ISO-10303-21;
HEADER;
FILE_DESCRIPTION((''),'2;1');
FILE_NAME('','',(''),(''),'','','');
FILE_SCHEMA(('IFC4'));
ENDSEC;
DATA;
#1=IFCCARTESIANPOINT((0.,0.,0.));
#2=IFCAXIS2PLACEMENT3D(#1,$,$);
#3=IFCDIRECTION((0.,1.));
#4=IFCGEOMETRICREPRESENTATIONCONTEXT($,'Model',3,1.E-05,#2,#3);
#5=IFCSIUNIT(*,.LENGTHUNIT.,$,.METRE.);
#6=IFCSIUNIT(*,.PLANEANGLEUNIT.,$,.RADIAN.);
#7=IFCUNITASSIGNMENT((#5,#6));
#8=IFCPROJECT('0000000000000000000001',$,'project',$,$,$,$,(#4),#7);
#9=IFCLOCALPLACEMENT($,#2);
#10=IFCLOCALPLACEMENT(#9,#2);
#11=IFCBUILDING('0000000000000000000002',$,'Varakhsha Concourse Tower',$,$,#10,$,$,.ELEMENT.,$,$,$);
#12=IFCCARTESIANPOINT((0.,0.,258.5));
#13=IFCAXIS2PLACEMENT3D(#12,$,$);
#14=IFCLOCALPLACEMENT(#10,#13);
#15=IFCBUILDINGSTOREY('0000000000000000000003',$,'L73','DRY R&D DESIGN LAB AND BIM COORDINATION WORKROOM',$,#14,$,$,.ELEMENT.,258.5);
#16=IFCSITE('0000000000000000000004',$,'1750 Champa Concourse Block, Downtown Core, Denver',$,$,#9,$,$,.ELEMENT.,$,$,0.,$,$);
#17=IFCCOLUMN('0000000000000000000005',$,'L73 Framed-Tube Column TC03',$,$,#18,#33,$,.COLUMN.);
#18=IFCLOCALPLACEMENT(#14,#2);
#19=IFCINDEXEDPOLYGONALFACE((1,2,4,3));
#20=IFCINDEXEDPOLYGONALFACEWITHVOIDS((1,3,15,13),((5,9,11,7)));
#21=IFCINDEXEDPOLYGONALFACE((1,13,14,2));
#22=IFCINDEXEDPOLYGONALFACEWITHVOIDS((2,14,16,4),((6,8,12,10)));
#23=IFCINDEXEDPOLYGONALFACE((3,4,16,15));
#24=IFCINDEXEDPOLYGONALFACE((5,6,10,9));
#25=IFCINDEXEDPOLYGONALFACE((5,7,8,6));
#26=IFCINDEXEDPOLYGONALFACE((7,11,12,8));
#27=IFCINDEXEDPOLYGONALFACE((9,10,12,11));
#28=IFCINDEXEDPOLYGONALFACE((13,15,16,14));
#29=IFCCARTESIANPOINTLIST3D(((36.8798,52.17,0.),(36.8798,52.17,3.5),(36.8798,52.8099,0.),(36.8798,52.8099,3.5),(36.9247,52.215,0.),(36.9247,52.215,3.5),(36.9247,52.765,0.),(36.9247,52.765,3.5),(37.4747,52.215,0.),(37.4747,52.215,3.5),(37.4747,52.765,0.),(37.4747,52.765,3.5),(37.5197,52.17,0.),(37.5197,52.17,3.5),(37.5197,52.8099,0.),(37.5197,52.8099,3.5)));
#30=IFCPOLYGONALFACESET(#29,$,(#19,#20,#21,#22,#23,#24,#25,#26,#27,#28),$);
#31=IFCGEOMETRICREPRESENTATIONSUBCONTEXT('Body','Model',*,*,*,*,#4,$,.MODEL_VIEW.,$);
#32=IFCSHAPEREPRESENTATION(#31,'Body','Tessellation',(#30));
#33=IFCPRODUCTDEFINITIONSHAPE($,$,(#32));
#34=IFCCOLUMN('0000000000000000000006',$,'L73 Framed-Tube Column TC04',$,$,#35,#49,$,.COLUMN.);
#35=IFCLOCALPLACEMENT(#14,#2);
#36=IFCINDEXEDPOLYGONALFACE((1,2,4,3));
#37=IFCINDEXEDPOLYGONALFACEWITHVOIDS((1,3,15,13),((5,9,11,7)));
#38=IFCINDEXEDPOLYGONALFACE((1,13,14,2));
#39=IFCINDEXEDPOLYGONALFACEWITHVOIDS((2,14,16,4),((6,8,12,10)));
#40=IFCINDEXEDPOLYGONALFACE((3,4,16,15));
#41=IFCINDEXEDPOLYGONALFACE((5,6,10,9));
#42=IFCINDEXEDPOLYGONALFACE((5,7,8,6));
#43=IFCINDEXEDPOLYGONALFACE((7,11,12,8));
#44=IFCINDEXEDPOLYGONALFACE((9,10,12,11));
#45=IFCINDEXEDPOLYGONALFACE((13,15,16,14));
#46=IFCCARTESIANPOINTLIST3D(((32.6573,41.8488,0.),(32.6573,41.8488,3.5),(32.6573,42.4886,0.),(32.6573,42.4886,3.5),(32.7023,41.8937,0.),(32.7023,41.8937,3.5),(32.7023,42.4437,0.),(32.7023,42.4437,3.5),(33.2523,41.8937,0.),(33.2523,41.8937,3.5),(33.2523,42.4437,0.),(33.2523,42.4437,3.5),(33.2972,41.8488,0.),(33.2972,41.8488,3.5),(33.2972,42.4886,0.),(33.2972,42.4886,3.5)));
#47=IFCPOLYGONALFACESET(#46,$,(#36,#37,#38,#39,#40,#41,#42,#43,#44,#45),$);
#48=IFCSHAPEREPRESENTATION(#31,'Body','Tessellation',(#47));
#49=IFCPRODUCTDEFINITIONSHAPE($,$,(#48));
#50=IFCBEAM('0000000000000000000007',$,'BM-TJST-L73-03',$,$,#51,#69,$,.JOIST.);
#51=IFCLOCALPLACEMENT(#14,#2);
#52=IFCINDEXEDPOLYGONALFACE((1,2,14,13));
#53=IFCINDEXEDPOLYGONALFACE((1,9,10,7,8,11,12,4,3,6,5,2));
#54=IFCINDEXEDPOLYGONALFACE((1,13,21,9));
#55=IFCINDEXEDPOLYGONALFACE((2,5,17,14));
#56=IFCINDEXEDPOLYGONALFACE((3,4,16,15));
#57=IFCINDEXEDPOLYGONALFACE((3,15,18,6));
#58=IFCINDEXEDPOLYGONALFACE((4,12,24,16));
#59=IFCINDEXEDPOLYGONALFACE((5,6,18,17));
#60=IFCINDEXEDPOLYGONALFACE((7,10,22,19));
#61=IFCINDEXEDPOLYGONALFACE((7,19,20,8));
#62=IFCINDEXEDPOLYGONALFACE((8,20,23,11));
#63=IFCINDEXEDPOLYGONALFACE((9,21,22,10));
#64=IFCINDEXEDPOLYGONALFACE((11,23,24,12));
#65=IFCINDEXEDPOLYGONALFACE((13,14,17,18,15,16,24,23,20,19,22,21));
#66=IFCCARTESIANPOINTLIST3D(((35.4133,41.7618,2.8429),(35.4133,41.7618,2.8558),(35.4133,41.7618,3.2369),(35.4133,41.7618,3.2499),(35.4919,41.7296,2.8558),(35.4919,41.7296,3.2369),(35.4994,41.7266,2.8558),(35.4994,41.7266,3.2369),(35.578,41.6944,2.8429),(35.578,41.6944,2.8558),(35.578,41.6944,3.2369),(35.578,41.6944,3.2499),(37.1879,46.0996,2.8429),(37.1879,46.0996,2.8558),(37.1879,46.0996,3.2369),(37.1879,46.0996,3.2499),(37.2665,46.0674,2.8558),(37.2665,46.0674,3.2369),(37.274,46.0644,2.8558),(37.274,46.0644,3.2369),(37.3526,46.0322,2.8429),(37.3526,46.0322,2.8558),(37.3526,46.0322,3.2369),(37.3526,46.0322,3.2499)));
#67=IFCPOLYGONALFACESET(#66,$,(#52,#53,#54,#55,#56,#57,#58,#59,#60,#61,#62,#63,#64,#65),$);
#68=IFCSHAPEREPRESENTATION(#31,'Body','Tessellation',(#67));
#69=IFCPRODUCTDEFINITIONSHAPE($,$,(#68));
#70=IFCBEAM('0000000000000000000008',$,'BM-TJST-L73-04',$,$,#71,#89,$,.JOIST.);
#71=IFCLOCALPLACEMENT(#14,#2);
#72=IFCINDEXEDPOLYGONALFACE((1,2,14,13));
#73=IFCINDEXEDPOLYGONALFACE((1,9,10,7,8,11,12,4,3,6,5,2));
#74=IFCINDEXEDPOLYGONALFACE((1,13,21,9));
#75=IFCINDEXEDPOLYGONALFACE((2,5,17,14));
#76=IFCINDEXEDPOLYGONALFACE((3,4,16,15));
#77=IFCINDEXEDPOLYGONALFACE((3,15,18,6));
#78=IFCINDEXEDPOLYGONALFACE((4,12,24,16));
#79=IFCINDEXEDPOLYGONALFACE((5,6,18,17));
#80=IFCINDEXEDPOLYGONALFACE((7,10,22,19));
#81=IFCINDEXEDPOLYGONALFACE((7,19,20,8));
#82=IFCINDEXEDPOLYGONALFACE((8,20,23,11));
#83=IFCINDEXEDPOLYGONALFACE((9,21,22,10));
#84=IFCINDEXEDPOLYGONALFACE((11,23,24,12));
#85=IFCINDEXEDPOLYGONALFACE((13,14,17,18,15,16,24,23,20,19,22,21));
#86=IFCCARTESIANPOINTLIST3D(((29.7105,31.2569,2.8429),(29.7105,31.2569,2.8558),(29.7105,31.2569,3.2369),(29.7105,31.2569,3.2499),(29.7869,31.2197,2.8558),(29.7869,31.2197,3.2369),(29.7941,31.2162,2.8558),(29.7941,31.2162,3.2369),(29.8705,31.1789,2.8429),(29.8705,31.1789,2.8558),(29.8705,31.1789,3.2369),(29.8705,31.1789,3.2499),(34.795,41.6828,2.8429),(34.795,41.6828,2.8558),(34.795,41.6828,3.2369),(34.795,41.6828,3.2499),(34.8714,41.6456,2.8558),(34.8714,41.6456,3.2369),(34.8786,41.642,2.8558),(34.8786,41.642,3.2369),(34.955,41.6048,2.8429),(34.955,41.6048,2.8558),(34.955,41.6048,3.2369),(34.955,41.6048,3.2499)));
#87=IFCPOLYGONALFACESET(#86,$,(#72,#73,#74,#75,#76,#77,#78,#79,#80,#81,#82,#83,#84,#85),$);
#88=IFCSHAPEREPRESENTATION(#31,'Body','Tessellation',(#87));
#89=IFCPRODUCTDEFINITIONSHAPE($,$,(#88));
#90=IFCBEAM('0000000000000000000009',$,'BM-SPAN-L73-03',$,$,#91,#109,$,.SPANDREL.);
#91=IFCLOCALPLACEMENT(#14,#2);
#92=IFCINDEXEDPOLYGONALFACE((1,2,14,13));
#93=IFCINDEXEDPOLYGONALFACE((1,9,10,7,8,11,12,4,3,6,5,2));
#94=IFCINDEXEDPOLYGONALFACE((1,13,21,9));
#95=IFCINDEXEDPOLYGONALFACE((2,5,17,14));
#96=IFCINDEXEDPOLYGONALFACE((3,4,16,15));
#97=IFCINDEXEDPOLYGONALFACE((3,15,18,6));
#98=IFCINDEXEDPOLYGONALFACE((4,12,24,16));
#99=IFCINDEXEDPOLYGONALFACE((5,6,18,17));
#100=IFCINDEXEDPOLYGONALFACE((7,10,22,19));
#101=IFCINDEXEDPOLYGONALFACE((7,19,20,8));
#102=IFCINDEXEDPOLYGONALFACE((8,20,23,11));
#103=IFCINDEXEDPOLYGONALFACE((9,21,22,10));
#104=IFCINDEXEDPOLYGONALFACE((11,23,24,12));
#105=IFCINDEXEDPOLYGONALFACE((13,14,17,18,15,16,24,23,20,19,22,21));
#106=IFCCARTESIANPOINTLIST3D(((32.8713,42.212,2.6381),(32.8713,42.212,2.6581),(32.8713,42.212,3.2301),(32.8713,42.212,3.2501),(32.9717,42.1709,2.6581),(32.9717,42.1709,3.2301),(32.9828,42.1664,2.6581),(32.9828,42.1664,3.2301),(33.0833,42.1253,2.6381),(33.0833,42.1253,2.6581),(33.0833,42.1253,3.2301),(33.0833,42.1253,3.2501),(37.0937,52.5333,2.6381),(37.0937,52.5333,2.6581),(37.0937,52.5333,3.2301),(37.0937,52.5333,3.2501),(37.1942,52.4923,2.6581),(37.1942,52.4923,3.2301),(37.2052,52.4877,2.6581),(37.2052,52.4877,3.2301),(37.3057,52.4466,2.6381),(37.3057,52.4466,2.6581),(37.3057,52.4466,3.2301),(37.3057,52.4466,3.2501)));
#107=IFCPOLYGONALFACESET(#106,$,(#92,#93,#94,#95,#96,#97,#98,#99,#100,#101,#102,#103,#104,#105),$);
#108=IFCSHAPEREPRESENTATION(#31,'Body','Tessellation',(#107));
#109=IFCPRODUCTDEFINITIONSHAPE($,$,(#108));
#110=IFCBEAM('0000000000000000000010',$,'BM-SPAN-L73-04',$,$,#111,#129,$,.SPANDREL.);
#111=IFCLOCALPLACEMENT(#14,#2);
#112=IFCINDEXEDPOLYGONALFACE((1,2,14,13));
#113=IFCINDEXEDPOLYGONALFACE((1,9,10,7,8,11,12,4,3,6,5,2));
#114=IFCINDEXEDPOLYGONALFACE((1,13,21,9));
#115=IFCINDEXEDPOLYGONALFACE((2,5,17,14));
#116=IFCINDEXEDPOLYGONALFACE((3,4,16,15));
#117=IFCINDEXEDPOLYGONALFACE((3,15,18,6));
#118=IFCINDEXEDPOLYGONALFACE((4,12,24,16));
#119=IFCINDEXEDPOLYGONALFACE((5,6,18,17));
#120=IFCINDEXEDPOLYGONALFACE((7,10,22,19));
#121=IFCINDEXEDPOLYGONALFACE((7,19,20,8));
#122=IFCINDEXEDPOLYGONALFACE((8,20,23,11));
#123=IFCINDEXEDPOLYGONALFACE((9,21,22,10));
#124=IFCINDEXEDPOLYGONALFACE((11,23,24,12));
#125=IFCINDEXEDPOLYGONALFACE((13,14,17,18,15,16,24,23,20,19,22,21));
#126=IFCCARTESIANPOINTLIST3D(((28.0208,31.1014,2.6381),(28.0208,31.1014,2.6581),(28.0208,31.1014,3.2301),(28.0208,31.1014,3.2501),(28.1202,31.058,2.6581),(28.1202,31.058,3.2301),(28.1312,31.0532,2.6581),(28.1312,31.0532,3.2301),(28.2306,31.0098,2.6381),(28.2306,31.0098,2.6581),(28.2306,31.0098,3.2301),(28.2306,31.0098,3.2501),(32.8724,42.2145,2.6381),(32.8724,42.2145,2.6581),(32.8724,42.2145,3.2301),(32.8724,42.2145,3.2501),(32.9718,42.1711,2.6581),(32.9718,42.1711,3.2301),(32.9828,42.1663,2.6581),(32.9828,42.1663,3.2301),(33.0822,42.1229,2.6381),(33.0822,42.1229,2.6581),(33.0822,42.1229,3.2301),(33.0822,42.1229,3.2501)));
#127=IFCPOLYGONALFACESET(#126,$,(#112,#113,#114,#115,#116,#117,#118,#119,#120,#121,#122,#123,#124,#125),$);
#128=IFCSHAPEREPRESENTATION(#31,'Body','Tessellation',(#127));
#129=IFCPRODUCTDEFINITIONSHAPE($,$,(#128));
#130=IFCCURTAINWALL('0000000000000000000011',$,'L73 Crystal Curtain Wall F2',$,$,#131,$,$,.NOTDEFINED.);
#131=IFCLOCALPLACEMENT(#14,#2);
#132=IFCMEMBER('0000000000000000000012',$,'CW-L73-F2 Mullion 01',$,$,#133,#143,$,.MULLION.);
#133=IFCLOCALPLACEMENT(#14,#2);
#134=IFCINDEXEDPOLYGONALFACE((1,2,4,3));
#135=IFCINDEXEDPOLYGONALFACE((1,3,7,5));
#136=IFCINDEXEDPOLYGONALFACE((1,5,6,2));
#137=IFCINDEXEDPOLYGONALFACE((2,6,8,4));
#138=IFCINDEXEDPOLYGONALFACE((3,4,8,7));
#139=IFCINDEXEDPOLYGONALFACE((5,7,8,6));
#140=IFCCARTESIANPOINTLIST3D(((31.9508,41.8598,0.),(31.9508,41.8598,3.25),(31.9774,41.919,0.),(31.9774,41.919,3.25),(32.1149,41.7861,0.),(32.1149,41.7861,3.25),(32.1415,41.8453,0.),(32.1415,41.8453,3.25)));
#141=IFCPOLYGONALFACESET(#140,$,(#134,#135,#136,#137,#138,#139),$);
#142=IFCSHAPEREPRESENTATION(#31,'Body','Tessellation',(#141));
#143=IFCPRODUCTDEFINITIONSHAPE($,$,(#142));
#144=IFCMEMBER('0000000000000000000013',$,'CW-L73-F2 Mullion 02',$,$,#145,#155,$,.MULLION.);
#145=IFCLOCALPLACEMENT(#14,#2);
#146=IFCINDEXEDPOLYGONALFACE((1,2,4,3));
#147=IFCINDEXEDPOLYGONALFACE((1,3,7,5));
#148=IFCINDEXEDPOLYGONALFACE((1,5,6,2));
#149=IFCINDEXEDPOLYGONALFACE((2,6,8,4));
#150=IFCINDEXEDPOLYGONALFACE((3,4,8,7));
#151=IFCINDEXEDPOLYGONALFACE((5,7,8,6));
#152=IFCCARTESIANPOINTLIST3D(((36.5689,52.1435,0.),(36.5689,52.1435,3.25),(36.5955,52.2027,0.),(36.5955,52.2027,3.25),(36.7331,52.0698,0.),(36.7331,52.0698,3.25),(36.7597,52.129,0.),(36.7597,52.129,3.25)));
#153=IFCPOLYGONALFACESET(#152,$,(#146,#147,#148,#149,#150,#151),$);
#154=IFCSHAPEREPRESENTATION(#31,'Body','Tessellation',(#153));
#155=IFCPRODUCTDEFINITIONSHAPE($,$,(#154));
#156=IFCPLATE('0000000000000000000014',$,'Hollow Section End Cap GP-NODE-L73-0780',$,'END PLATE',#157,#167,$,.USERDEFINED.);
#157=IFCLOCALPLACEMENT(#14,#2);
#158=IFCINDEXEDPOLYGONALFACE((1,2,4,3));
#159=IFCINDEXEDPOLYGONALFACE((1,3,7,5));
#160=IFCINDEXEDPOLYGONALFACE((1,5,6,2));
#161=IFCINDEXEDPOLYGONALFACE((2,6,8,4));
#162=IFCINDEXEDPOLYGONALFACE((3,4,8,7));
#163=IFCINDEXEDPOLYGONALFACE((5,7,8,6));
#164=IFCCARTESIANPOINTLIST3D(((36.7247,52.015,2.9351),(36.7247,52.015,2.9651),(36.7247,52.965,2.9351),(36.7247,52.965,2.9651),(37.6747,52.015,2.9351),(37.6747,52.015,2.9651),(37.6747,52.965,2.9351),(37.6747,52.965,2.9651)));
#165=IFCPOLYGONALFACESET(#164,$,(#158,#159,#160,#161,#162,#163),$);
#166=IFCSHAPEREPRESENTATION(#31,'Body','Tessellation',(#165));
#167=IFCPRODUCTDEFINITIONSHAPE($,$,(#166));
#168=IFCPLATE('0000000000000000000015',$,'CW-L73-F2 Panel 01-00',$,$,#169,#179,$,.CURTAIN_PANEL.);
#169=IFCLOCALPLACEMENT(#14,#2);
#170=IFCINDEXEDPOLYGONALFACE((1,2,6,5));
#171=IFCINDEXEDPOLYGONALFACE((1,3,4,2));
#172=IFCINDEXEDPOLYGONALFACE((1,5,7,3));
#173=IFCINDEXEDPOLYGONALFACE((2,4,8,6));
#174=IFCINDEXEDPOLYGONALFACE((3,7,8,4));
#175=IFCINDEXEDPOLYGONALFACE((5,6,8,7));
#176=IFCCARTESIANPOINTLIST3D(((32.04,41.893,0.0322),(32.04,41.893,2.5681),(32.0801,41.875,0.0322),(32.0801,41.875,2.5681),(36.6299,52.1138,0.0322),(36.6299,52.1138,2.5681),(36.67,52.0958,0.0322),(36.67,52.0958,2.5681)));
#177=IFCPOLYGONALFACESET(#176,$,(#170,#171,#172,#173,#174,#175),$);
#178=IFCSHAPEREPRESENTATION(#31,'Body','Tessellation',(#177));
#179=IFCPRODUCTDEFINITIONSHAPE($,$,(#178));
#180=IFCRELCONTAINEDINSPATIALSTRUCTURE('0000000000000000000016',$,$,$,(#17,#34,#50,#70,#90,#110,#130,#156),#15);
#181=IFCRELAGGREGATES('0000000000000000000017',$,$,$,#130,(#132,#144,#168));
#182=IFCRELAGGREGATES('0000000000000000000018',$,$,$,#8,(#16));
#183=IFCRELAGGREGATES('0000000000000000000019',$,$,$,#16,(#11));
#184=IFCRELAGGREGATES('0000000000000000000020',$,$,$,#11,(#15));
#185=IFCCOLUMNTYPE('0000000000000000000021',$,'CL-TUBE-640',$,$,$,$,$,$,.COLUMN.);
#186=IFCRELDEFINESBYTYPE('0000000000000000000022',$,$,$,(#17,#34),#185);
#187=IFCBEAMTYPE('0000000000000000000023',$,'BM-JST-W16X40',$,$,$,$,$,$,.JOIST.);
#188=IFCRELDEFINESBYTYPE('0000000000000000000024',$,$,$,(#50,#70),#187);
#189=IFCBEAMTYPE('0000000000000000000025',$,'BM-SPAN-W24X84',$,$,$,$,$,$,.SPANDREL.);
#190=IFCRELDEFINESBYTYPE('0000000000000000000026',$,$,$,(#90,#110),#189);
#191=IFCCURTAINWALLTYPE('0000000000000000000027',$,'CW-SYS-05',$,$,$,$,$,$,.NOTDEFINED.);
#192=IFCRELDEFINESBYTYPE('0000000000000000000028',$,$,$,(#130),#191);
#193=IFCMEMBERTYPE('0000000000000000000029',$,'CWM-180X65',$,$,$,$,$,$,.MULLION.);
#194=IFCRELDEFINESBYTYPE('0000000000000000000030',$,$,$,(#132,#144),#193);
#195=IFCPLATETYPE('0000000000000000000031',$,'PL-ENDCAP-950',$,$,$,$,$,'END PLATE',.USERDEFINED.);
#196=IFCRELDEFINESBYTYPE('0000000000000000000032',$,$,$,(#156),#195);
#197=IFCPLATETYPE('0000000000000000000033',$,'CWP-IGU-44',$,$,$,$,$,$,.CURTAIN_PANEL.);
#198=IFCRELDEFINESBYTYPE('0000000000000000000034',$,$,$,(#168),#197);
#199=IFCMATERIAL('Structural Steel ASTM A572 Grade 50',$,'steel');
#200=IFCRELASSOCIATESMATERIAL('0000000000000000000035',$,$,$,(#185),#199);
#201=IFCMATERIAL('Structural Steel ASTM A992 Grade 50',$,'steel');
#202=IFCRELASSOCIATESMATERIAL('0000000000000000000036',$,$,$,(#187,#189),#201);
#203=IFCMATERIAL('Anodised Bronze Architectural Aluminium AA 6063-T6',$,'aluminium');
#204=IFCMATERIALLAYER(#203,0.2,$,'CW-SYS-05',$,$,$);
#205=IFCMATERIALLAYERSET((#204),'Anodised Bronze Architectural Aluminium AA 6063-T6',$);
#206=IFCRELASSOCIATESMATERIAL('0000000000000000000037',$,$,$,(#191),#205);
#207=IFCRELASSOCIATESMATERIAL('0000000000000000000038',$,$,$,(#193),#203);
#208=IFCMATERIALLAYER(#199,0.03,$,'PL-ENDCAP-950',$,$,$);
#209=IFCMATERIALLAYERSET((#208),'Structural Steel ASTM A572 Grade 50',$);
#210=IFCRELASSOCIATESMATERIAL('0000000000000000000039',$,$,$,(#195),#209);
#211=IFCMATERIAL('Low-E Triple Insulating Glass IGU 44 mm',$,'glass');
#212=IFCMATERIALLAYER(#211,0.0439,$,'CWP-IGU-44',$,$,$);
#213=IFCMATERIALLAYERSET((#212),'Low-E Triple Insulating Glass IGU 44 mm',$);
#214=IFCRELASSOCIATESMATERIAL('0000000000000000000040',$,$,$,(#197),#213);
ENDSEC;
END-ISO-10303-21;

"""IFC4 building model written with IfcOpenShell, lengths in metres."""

from ifc_helpers import new_model, si_unit, direction, frame, origin, origin_2d, place, context, subcontext, project, spatial, rectangle, hollow_rectangle, i_section, extrude, source, transform, mapped, material, layer, layer_set, material_profile, profile_set, type_object, type_shapes, element, aggregate, save


model = new_model("IFC4")

# Units and contexts
model_context = context("Model", 3, precision=1e-05, world=origin(), true_north=direction((0.0, 1.0)))
body_context = subcontext(model_context, "Body", "Model", "MODEL_VIEW")
ifc_project = project(units=[si_unit("LENGTHUNIT", "METRE"), si_unit("PLANEANGLEUNIT", "RADIAN")], contexts=[model_context])

# Site, building, storey
site_placement = place(None, origin())
site = spatial("IfcSite", under=ifc_project, at=site_placement, Name="1750 Champa Concourse Block, Downtown Core, Denver", CompositionType="ELEMENT", RefElevation=0.0)
building_placement = place(site_placement, origin())
building = spatial("IfcBuilding", under=site, at=building_placement, Name="Varakhsha Concourse Tower", CompositionType="ELEMENT")
storey_placement = place(building_placement, frame((0.0, 0.0, 258.5)))
storey = spatial("IfcBuildingStorey", under=building, at=storey_placement, Name="L73", Description="DRY R&D DESIGN LAB AND BIM COORDINATION WORKROOM", CompositionType="ELEMENT", Elevation=258.5)

# Columns
ifc_material_1 = material(Name="Structural Steel ASTM A572 Grade 50", Category="steel")
ifc_material_profile_1 = material_profile(ifc_material_1, hollow_rectangle(XDim=0.6399, YDim=0.6399, WallThickness=0.0449, at=origin_2d()), Name="BOX 640x640x45")
ifc_profile_set_1 = profile_set([ifc_material_profile_1], Name="Structural Steel ASTM A572 Grade 50")
column_type = type_object("IfcColumnType", Name="CL-TUBE-640", PredefinedType="COLUMN", material=ifc_profile_set_1)
for number, where, z_axis, x_axis, name in (
    (1, (37.1997, 52.49, 0.0), (0.0, 0.0, 1.0), (1.0, 0.0, 0.0), "L73 Framed-Tube Column TC03"),
    (2, (32.9773, 42.1687, 0.0), (0.0, 0.0, 1.0), (1.0, 0.0, 0.0), "L73 Framed-Tube Column TC04"),
):
    element("IfcColumn", number, at=place(storey_placement, frame(where, z_axis=z_axis, x_axis=x_axis)), inside=storey, type_object=column_type, Name=name, PredefinedType="COLUMN", context=body_context, shape_type="SweptSolid", body=[
        extrude(hollow_rectangle(XDim=0.6399, YDim=0.6399, WallThickness=0.0449, at=origin_2d()), origin(), (0.0, 0.0, 1.0), 3.5),
    ])

# Beams
ifc_material_2 = material(Name="Structural Steel ASTM A992 Grade 50", Category="steel")
ifc_material_profile_2 = material_profile(ifc_material_2, i_section(OverallWidth=0.178, OverallDepth=0.407, WebThickness=0.0081, FlangeThickness=0.0129, at=origin_2d()), Name="W16X40")
ifc_profile_set_2 = profile_set([ifc_material_profile_2], Name="Structural Steel ASTM A992 Grade 50")
beam_type_1 = type_object("IfcBeamType", Name="BM-JST-W16X40", PredefinedType="JOIST", material=ifc_profile_set_2)
beam_1_placement = place(storey_placement, frame((37.2703, 46.0659, 3.0464), z_axis=(-0.378645, -0.925542, 0.0), x_axis=(0.925542, -0.378645, 0.0)))
element("IfcBeam", 3, at=beam_1_placement, inside=storey, type_object=beam_type_1, Name="BM-TJST-L73-03", PredefinedType="JOIST", context=body_context, shape_type="SweptSolid", body=[
    extrude(i_section(OverallWidth=0.178, OverallDepth=0.407, WebThickness=0.0081, FlangeThickness=0.0129, at=origin_2d()), origin(), (0.0, 0.0, 1.0), 4.6868),
])
beam_2_placement = place(storey_placement, frame((34.875, 41.6438, 3.0464), z_axis=(-0.438335, -0.898812, 0.0), x_axis=(0.898812, -0.438335, 0.0)))
element("IfcBeam", 4, at=beam_2_placement, inside=storey, type_object=beam_type_1, Name="BM-TJST-L73-04", PredefinedType="JOIST", context=body_context, shape_type="SweptSolid", body=[
    extrude(i_section(OverallWidth=0.178, OverallDepth=0.407, WebThickness=0.0081, FlangeThickness=0.0129, at=origin_2d()), origin(), (0.0, 0.0, 1.0), 11.5996),
])
ifc_material_profile_3 = material_profile(ifc_material_2, i_section(OverallWidth=0.229, OverallDepth=0.6121, WebThickness=0.012, FlangeThickness=0.02, at=origin_2d()), Name="W24X84")
ifc_profile_set_3 = profile_set([ifc_material_profile_3], Name="Structural Steel ASTM A992 Grade 50")
beam_type_2 = type_object("IfcBeamType", Name="BM-SPAN-W24X84", PredefinedType="SPANDREL", material=ifc_profile_set_3)
beam_3_placement = place(storey_placement, frame((37.1997, 52.49, 2.9441), z_axis=(-0.378638, -0.925545, 0.0), x_axis=(0.925545, -0.378638, 0.0)))
element("IfcBeam", 5, at=beam_3_placement, inside=storey, type_object=beam_type_2, Name="BM-SPAN-L73-03", PredefinedType="SPANDREL", context=body_context, shape_type="SweptSolid", body=[
    extrude(i_section(OverallWidth=0.229, OverallDepth=0.6121, WebThickness=0.012, FlangeThickness=0.02, at=origin_2d()), origin(), (0.0, 0.0, 1.0), 11.1516),
])
beam_4_placement = place(storey_placement, frame((32.9773, 42.1687, 2.9441), z_axis=(-0.400099, -0.916472, 0.0), x_axis=(0.916472, -0.400099, 0.0)))
element("IfcBeam", 6, at=beam_4_placement, inside=storey, type_object=beam_type_2, Name="BM-SPAN-L73-04", PredefinedType="SPANDREL", context=body_context, shape_type="SweptSolid", body=[
    extrude(i_section(OverallWidth=0.229, OverallDepth=0.6121, WebThickness=0.012, FlangeThickness=0.02, at=origin_2d()), origin(), (0.0, 0.0, 1.0), 12.126),
])

# Curtain wall, members
ifc_material_3 = material(Name="Anodised Bronze Architectural Aluminium AA 6063-T6", Category="aluminium")
ifc_layer_1 = layer(ifc_material_3, 0.2, Name="CW-SYS-05")
ifc_layer_set_1 = layer_set([ifc_layer_1], Name="Anodised Bronze Architectural Aluminium AA 6063-T6")
curtain_wall_type = type_object("IfcCurtainWallType", Name="CW-SYS-05", PredefinedType="NOTDEFINED", material=ifc_layer_set_1)
curtain_wall_placement = place(storey_placement, origin())
curtain_wall = element("IfcCurtainWall", 7, at=curtain_wall_placement, inside=storey, type_object=curtain_wall_type, Name="L73 Crystal Curtain Wall F2", PredefinedType="NOTDEFINED")
ifc_material_profile_4 = material_profile(ifc_material_3, rectangle(XDim=0.0649, YDim=0.1799, at=origin_2d()), Name="CWM-180X65")
ifc_profile_set_4 = profile_set([ifc_material_profile_4], Name="Anodised Bronze Architectural Aluminium AA 6063-T6")
member_type = type_object("IfcMemberType", Name="CWM-180X65", PredefinedType="MULLION", material=ifc_profile_set_4)
shared_shape_1 = source(origin(), body_context, "Body", "SweptSolid", [
    extrude(rectangle(XDim=0.0649, YDim=0.1799, at=origin_2d()), origin(), (0.0, 0.0, 1.0), 3.25),
])
type_shapes(member_type, [shared_shape_1])
member_1_placement = place(storey_placement, frame((32.0461, 41.8525, 0.0), z_axis=(0.0, 0.0, 1.0), x_axis=(0.409662, 0.912237, 0.0)))
member_1 = element("IfcMember", 8, at=member_1_placement, type_object=member_type, Name="CW-L73-F2 Mullion 01", PredefinedType="MULLION", context=body_context, shape_type="MappedRepresentation", body=[
    mapped(shared_shape_1, transform((0.0, 0.0, 0.0), scale=1.0)),
])
member_2_placement = place(storey_placement, frame((36.6643, 52.1362, 0.0), z_axis=(0.0, 0.0, 1.0), x_axis=(0.409662, 0.912237, 0.0)))
member_2 = element("IfcMember", 9, at=member_2_placement, type_object=member_type, Name="CW-L73-F2 Mullion 02", PredefinedType="MULLION", context=body_context, shape_type="MappedRepresentation", body=[
    mapped(shared_shape_1, transform((0.0, 0.0, 0.0), scale=1.0)),
])

# Plates
ifc_layer_2 = layer(ifc_material_1, 0.03, Name="PL-ENDCAP-950")
ifc_layer_set_2 = layer_set([ifc_layer_2], Name="Structural Steel ASTM A572 Grade 50")
plate_type_1 = type_object("IfcPlateType", Name="PL-ENDCAP-950", ElementType="END PLATE", PredefinedType="USERDEFINED", material=ifc_layer_set_2)
shared_shape_2 = source(origin(), body_context, "Body", "SweptSolid", [
    extrude(rectangle(XDim=0.95, YDim=0.95, at=origin_2d()), origin(), (0.0, 0.0, 1.0), 0.03),
])
type_shapes(plate_type_1, [shared_shape_2])
plate_1_placement = place(storey_placement, frame((37.1997, 52.49, 2.9351), z_axis=(0.0, 0.0, 1.0), x_axis=(1.0, 0.0, 0.0)))
element("IfcPlate", 10, at=plate_1_placement, inside=storey, type_object=plate_type_1, Name="Hollow Section End Cap GP-NODE-L73-0780", ObjectType="END PLATE", PredefinedType="USERDEFINED", context=body_context, shape_type="MappedRepresentation", body=[
    mapped(shared_shape_2, transform((0.0, 0.0, 0.0), scale=1.0)),
])
ifc_material_4 = material(Name="Low-E Triple Insulating Glass IGU 44 mm", Category="glass")
ifc_layer_3 = layer(ifc_material_4, 0.0439, Name="CWP-IGU-44")
ifc_layer_set_3 = layer_set([ifc_layer_3], Name="Low-E Triple Insulating Glass IGU 44 mm")
plate_type_2 = type_object("IfcPlateType", Name="CWP-IGU-44", PredefinedType="CURTAIN_PANEL", material=ifc_layer_set_3)
shared_shape_3 = source(origin(), body_context, "Body", "SweptSolid", [
    extrude(rectangle(XDim=11.2041, YDim=0.0439, at=origin_2d()), origin(), (0.0, 0.0, 1.0), 2.5359),
])
type_shapes(plate_type_2, [shared_shape_3])
plate_2_placement = place(storey_placement, frame((34.355, 46.9944, 0.0322), z_axis=(0.0, 0.0, 1.0), x_axis=(0.409662, 0.912237, 0.0)))
plate_2 = element("IfcPlate", 11, at=plate_2_placement, type_object=plate_type_2, Name="CW-L73-F2 Panel 01-00", PredefinedType="CURTAIN_PANEL", context=body_context, shape_type="MappedRepresentation", body=[
    mapped(shared_shape_3, transform((0.0, 0.0, 0.0), scale=1.0)),
])
aggregate(curtain_wall, [member_1, member_2, plate_2])

save(model, "model.ifc")
